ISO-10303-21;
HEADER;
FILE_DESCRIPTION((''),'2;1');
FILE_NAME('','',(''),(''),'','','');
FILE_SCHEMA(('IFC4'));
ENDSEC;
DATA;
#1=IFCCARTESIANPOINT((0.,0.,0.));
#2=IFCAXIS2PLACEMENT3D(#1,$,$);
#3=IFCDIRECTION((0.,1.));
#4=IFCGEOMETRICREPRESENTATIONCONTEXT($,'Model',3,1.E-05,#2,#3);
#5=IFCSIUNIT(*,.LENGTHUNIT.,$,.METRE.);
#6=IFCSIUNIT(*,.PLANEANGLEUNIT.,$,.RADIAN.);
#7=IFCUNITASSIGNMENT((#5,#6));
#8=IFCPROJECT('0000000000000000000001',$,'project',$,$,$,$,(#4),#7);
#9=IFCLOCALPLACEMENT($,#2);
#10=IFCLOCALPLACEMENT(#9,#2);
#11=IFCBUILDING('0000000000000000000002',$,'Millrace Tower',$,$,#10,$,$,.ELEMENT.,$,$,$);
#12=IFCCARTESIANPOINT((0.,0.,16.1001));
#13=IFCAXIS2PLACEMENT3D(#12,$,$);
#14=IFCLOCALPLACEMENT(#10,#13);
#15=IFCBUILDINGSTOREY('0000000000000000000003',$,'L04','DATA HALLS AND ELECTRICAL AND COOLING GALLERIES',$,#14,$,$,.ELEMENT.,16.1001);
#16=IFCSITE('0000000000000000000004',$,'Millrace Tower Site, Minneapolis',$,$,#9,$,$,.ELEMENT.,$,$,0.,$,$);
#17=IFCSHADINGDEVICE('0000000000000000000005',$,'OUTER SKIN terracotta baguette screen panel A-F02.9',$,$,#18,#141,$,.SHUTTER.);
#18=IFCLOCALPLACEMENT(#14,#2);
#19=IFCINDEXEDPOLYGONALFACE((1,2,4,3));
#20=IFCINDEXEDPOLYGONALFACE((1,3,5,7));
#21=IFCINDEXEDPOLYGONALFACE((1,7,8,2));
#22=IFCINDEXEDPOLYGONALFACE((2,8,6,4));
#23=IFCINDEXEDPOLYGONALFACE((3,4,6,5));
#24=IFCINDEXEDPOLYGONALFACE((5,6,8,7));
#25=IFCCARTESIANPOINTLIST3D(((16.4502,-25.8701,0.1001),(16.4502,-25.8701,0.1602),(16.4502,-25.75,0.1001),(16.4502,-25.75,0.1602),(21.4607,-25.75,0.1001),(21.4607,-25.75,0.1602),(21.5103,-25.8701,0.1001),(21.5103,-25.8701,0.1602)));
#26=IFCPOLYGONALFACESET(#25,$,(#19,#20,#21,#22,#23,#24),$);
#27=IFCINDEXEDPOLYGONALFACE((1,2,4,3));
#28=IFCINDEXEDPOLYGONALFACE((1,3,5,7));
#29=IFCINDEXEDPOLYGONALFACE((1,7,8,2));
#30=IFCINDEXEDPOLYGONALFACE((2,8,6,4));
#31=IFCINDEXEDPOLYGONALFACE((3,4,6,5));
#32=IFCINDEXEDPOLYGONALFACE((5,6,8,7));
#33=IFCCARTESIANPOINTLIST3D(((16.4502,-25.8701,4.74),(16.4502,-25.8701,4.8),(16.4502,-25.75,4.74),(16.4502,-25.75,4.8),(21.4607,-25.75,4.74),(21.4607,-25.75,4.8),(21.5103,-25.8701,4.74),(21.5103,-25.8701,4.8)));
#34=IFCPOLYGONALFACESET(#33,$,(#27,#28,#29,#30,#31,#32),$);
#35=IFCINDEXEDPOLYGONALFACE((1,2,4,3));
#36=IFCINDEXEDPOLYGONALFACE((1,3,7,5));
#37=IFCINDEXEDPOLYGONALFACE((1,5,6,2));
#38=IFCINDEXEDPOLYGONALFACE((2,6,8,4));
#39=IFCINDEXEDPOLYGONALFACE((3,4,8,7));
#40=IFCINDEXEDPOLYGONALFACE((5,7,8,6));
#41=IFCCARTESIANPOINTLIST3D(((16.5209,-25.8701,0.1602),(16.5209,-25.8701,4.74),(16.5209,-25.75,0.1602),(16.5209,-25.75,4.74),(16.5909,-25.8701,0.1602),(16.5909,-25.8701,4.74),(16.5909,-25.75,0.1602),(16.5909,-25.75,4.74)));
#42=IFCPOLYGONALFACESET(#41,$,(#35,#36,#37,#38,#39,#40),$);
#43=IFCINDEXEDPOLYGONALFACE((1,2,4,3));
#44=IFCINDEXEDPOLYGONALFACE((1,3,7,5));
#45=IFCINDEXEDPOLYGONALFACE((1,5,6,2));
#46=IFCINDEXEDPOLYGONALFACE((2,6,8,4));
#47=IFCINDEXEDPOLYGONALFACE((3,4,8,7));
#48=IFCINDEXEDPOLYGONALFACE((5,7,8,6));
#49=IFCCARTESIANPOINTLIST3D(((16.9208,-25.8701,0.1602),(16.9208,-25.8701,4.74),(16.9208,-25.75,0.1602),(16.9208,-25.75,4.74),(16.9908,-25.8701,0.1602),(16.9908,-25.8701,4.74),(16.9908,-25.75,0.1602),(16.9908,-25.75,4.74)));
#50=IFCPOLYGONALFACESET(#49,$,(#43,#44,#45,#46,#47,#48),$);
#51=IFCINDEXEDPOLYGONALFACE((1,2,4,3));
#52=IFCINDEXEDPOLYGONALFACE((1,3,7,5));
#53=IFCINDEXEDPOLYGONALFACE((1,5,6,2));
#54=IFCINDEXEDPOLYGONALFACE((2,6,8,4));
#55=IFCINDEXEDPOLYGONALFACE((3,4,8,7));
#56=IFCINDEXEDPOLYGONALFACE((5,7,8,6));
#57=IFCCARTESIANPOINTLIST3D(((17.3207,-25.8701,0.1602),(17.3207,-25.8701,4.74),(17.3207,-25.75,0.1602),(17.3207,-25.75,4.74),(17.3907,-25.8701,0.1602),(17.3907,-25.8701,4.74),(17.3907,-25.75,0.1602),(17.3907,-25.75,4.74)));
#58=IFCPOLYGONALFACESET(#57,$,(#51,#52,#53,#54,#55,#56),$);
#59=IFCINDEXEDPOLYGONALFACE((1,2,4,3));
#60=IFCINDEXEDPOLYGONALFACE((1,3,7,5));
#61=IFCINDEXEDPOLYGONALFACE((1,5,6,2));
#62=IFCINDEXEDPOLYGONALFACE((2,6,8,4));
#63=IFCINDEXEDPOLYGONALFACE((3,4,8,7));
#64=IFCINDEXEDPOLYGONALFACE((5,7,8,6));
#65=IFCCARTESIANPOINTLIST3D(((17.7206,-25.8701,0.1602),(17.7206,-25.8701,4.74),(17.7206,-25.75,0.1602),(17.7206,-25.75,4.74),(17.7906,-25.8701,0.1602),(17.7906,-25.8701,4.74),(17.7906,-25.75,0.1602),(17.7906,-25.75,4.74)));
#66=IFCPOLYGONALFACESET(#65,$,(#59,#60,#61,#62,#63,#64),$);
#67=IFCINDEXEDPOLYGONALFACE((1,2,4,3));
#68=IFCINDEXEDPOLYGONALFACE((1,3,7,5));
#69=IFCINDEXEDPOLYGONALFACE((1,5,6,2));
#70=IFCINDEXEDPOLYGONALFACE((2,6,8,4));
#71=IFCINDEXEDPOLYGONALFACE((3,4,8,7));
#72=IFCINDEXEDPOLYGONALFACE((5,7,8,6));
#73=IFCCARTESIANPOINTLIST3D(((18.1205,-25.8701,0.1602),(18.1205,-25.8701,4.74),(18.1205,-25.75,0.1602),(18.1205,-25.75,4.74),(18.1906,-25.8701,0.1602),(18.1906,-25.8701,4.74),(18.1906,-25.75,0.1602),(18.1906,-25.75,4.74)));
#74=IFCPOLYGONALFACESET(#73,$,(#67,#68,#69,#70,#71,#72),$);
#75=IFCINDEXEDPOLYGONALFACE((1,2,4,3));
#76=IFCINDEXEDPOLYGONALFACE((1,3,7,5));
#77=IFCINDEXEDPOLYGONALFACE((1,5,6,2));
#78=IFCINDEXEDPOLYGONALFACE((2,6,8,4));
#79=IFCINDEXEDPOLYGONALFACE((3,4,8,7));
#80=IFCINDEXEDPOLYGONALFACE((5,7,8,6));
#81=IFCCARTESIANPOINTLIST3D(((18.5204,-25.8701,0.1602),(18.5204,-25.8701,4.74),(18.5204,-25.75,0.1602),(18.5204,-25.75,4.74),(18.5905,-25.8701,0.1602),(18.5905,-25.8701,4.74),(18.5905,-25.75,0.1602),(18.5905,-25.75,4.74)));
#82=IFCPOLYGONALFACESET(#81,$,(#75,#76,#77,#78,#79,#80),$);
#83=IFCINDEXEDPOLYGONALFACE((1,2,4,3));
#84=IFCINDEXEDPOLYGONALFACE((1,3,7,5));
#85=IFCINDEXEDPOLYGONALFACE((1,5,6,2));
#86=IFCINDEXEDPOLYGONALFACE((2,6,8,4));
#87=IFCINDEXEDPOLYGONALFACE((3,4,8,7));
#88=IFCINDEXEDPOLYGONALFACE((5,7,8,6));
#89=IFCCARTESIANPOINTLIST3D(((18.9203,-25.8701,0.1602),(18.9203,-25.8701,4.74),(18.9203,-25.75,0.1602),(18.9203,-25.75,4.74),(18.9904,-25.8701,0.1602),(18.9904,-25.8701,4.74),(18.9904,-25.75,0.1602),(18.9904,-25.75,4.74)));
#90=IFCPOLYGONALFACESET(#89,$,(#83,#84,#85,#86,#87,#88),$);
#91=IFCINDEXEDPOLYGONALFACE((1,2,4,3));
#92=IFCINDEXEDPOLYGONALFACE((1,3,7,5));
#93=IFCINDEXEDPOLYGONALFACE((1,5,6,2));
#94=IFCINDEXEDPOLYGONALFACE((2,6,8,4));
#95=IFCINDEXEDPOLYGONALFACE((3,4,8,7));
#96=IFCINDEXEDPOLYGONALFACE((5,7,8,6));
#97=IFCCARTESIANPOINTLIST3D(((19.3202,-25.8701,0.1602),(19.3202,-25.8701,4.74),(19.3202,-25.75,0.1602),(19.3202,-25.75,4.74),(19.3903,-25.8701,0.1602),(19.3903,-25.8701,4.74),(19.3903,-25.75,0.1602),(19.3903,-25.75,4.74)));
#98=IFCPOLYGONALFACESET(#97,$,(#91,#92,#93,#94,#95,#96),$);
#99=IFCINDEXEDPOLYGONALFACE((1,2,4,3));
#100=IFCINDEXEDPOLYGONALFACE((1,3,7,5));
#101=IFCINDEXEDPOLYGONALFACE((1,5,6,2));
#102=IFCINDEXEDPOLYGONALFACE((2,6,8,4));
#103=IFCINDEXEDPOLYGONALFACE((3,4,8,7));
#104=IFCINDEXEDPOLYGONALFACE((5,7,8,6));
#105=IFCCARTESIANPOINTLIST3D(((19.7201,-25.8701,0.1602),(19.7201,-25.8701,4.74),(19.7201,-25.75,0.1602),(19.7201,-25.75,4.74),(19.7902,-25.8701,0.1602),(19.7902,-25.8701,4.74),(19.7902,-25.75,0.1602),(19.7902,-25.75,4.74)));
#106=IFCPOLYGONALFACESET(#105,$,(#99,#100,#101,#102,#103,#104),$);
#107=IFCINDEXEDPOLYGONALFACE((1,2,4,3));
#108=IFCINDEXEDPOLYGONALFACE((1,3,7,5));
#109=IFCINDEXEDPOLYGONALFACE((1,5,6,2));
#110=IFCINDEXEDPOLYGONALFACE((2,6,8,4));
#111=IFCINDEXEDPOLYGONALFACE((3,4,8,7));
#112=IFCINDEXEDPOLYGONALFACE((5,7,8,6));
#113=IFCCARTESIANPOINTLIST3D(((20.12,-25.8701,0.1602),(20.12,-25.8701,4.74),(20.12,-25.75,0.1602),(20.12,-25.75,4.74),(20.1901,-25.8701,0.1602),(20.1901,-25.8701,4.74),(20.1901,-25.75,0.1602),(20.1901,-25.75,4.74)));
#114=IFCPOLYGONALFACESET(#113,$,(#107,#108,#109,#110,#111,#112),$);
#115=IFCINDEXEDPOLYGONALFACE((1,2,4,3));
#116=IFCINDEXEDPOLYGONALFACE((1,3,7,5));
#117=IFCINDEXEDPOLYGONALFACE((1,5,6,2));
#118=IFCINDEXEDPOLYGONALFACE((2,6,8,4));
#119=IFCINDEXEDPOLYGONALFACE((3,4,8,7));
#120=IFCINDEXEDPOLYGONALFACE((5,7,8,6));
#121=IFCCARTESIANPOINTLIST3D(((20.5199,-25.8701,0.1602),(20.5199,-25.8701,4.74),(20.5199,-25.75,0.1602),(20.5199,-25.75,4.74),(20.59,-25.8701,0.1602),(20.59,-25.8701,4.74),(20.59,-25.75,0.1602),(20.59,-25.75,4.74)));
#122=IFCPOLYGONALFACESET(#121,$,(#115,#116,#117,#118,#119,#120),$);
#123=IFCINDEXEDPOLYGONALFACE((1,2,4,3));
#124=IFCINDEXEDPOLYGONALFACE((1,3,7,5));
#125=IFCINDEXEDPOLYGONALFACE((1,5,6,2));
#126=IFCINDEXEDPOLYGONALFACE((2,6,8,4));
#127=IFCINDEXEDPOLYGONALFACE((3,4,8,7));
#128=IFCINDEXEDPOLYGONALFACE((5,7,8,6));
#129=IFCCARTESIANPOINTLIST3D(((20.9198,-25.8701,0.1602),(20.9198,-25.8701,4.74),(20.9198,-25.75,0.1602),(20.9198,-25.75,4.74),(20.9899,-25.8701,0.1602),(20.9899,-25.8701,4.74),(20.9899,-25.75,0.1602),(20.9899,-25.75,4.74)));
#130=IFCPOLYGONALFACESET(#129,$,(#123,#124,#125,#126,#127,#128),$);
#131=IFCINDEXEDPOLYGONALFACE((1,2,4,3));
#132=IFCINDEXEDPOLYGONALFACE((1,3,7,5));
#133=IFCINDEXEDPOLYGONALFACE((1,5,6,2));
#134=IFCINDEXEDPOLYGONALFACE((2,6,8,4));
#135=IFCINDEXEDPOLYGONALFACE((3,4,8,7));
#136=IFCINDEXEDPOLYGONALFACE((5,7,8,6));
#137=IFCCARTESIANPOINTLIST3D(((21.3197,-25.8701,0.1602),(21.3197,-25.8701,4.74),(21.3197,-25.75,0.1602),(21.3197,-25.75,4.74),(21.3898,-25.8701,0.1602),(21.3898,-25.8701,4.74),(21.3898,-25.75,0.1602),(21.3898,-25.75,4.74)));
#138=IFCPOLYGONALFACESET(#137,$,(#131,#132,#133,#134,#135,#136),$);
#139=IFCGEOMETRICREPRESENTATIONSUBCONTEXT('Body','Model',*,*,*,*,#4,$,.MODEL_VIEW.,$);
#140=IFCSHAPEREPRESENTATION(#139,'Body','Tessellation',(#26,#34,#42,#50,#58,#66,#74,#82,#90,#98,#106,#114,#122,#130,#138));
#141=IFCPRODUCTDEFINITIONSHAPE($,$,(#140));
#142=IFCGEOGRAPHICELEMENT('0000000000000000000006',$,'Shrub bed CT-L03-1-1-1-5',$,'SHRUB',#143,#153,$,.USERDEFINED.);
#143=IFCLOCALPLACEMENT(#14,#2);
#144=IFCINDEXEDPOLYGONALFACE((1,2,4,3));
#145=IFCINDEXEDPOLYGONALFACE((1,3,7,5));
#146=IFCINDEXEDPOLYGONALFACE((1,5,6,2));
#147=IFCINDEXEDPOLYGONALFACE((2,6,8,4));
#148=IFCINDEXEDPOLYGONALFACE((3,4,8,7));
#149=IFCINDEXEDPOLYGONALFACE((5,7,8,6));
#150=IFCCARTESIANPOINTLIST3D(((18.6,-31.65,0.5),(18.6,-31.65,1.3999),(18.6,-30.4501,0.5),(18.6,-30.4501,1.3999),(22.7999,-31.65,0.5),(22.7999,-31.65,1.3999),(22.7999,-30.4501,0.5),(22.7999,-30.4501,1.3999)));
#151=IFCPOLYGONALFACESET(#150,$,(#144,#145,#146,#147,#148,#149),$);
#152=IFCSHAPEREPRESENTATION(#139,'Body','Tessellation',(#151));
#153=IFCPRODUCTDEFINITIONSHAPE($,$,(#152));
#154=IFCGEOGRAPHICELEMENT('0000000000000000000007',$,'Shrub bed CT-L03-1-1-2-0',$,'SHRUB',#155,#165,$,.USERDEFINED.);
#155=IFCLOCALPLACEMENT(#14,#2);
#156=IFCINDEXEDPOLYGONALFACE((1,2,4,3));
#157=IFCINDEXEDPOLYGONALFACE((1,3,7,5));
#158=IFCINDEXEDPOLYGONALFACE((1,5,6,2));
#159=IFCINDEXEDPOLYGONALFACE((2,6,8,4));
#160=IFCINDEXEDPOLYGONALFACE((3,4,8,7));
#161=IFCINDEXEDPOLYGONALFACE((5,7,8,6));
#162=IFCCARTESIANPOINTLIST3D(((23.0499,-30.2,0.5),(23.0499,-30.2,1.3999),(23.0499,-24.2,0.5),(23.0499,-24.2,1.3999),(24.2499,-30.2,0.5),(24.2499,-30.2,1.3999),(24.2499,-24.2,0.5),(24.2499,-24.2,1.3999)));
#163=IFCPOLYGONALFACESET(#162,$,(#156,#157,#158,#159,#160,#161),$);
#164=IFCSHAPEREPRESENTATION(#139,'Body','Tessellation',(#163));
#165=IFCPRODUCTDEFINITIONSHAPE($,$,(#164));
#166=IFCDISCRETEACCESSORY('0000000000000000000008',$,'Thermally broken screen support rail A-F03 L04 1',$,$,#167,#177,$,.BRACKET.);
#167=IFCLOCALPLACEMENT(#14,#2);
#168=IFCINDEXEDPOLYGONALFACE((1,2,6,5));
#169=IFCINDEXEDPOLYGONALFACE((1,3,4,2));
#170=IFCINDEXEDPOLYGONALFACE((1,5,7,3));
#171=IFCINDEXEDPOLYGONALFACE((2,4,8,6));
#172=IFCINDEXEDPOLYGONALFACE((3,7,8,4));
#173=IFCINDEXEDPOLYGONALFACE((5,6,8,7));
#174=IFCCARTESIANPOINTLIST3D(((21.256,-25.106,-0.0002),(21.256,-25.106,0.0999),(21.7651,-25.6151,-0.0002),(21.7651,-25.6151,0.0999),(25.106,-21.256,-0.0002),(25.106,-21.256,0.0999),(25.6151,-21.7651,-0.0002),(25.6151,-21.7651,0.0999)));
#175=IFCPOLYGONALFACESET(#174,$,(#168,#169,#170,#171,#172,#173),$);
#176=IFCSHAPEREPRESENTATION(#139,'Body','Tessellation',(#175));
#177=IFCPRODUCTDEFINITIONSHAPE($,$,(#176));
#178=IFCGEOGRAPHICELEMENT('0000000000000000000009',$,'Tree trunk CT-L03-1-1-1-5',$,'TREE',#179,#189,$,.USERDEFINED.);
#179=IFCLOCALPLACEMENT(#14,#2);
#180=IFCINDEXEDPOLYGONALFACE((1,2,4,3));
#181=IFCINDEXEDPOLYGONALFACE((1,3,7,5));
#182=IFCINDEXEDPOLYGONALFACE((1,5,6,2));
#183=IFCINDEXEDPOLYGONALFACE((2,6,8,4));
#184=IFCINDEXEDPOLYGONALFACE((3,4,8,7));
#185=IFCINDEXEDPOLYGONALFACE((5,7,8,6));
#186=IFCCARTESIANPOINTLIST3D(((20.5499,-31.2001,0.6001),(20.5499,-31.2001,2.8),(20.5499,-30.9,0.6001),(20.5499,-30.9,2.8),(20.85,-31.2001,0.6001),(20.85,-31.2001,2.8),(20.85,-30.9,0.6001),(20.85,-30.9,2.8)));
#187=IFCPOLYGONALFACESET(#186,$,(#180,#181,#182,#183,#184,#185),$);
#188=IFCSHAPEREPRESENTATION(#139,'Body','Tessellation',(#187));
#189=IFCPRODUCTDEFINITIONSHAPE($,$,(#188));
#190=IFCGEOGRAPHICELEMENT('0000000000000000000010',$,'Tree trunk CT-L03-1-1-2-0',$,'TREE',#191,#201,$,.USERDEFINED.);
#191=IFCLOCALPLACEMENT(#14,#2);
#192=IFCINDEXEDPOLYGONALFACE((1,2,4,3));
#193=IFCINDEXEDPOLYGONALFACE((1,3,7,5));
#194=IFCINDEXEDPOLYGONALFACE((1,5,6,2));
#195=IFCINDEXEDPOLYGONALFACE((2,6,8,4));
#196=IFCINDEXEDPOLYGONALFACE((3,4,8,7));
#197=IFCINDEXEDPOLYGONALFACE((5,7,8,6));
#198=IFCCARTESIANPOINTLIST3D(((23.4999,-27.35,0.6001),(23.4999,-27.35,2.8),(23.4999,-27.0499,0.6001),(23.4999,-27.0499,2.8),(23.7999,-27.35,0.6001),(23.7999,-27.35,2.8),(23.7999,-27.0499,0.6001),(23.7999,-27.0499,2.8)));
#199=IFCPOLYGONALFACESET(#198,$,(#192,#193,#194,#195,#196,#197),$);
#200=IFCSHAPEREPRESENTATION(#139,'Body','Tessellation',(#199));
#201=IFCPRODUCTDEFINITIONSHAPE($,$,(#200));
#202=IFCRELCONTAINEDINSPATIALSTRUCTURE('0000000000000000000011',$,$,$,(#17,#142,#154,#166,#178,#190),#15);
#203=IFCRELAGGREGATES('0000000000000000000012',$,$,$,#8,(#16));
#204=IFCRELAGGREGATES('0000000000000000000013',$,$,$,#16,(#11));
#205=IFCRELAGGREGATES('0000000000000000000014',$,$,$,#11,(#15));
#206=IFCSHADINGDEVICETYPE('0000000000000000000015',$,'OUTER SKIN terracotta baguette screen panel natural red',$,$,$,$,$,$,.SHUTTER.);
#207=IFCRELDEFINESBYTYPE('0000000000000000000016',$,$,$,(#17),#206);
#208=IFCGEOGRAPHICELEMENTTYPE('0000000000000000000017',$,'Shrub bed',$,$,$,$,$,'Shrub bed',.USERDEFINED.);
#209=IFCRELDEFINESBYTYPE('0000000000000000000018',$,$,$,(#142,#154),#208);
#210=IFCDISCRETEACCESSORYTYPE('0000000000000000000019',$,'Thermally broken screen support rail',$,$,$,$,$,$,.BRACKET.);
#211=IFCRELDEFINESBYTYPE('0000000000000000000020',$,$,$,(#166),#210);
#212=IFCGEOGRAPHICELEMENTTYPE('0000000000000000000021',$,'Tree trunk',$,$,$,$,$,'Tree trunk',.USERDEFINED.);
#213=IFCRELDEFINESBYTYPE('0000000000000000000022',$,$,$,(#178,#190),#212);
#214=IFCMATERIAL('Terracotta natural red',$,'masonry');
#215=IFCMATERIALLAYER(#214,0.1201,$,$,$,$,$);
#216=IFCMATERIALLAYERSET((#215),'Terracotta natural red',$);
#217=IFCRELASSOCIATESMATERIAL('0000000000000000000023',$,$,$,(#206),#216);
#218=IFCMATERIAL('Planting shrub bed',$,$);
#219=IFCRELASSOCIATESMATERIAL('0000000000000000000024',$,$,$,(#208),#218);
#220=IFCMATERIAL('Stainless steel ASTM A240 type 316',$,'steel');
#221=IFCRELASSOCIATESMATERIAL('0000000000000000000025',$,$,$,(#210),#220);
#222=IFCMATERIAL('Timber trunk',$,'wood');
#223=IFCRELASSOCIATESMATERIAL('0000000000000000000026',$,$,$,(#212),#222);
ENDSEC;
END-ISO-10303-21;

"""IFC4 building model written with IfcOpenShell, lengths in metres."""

from ifc_helpers import new_model, entity, si_unit, direction, frame, frame_2d, origin, origin_2d, place, context, subcontext, project, spatial, rectangle, extrude, source, transform, mapped, material, layer, layer_set, type_object, element, save


model = new_model("IFC4")

# Units and contexts
model_context = context("Model", 3, precision=1e-05, world=origin(), true_north=direction((0.0, 1.0)))
body_context = subcontext(model_context, "Body", "Model", "MODEL_VIEW")
ifc_project = project(units=[si_unit("LENGTHUNIT", "METRE"), si_unit("PLANEANGLEUNIT", "RADIAN")], contexts=[model_context])

# Site, building, storey
site_placement = place(None, origin())
site = spatial("IfcSite", under=ifc_project, at=site_placement, Name="Millrace Tower Site, Minneapolis", CompositionType="ELEMENT", RefElevation=0.0)
building_placement = place(site_placement, origin())
building = spatial("IfcBuilding", under=site, at=building_placement, Name="Millrace Tower", CompositionType="ELEMENT")
storey_placement = place(building_placement, frame((0.0, 0.0, 16.1001)))
storey = spatial("IfcBuildingStorey", under=building, at=storey_placement, Name="L04", Description="DATA HALLS AND ELECTRICAL AND COOLING GALLERIES", CompositionType="ELEMENT", Elevation=16.1001)

# Shading device
ifc_material_1 = material(Name="Terracotta natural red", Category="masonry")
ifc_layer_1 = layer(ifc_material_1, 0.1201)
ifc_layer_set_1 = layer_set([ifc_layer_1], Name="Terracotta natural red")
shading_device_type_1 = type_object("IfcShadingDeviceType", Name="OUTER SKIN terracotta baguette screen panel natural red", PredefinedType="SHUTTER", material=ifc_layer_set_1)
cartesian_point_1 = entity("IfcCartesianPoint", [-2.5176, 0.0601])
shared_polyline_1 = entity("IfcPolyline", [cartesian_point_1, entity("IfcCartesianPoint", [2.4929, 0.0601]), entity("IfcCartesianPoint", [2.5425, -0.0601]), entity("IfcCartesianPoint", [-2.5176, -0.0601]), cartesian_point_1])
shared_shape_1 = source(origin(), body_context, "Body", "SweptSolid", [
    entity("IfcExtrudedAreaSolid", entity("IfcArbitraryClosedProfileDef", "AREA", None, shared_polyline_1), entity("IfcAxis2Placement3D", entity("IfcCartesianPoint", [0.0, 0.0, 0.0])), entity("IfcDirection", [0.0, 0.0, 1.0]), 0.0601),
    entity("IfcExtrudedAreaSolid", entity("IfcArbitraryClosedProfileDef", "AREA", None, shared_polyline_1), entity("IfcAxis2Placement3D", entity("IfcCartesianPoint", [0.0, 0.0, 4.6399])), entity("IfcDirection", [0.0, 0.0, 1.0]), 0.0601),
    extrude(rectangle(XDim=0.0701, YDim=0.1201, at=frame_2d((-2.4119, 0.0))), frame((0.0, 0.0, 0.0601)), (0.0, 0.0, 1.0), 4.5798),
    extrude(rectangle(XDim=0.0701, YDim=0.1201, at=frame_2d((-2.012, 0.0))), frame((0.0, 0.0, 0.0601)), (0.0, 0.0, 1.0), 4.5798),
    extrude(rectangle(XDim=0.0701, YDim=0.1201, at=frame_2d((-1.6121, 0.0))), frame((0.0, 0.0, 0.0601)), (0.0, 0.0, 1.0), 4.5798),
    extrude(rectangle(XDim=0.0701, YDim=0.1201, at=frame_2d((-1.2122, 0.0))), frame((0.0, 0.0, 0.0601)), (0.0, 0.0, 1.0), 4.5798),
    extrude(rectangle(XDim=0.0701, YDim=0.1201, at=frame_2d((-0.8123, 0.0))), frame((0.0, 0.0, 0.0601)), (0.0, 0.0, 1.0), 4.5798),
    extrude(rectangle(XDim=0.0701, YDim=0.1201, at=frame_2d((-0.4124, 0.0))), frame((0.0, 0.0, 0.0601)), (0.0, 0.0, 1.0), 4.5798),
    extrude(rectangle(XDim=0.0701, YDim=0.1201, at=frame_2d((-0.0125, 0.0))), frame((0.0, 0.0, 0.0601)), (0.0, 0.0, 1.0), 4.5798),
    extrude(rectangle(XDim=0.0701, YDim=0.1201, at=frame_2d((0.3875, 0.0))), frame((0.0, 0.0, 0.0601)), (0.0, 0.0, 1.0), 4.5798),
    extrude(rectangle(XDim=0.0701, YDim=0.1201, at=frame_2d((0.7874, 0.0))), frame((0.0, 0.0, 0.0601)), (0.0, 0.0, 1.0), 4.5798),
    extrude(rectangle(XDim=0.0701, YDim=0.1201, at=frame_2d((1.1873, 0.0))), frame((0.0, 0.0, 0.0601)), (0.0, 0.0, 1.0), 4.5798),
    extrude(rectangle(XDim=0.0701, YDim=0.1201, at=frame_2d((1.5872, 0.0))), frame((0.0, 0.0, 0.0601)), (0.0, 0.0, 1.0), 4.5798),
    extrude(rectangle(XDim=0.0701, YDim=0.1201, at=frame_2d((1.9871, 0.0))), frame((0.0, 0.0, 0.0601)), (0.0, 0.0, 1.0), 4.5798),
    extrude(rectangle(XDim=0.0701, YDim=0.1201, at=frame_2d((2.387, 0.0))), frame((0.0, 0.0, 0.0601)), (0.0, 0.0, 1.0), 4.5798),
])
shading_device_1_placement = place(storey_placement, frame((18.9678, -25.8101, 0.1001), z_axis=(0.0, 0.0, 1.0), x_axis=(1.0, 0.0, 0.0)))
element("IfcShadingDevice", 1, at=shading_device_1_placement, inside=storey, type_object=shading_device_type_1, Name="OUTER SKIN terracotta baguette screen panel A-F02.9", PredefinedType="SHUTTER", context=body_context, shape_type="MappedRepresentation", body=[
    mapped(shared_shape_1, transform((0.0, 0.0, 0.0), scale=1.0)),
])

# Geographic elements
ifc_material_2 = material(Name="Planting shrub bed")
geographic_element_type_1 = type_object("IfcGeographicElementType", Name="Shrub bed", ElementType="Shrub bed", PredefinedType="USERDEFINED", material=ifc_material_2)
geographic_element_1_placement = place(storey_placement, frame((20.7, -31.05, 0.5), z_axis=(0.0, 0.0, 1.0), x_axis=(1.0, 0.0, 0.0)))
element("IfcGeographicElement", 2, at=geographic_element_1_placement, inside=storey, type_object=geographic_element_type_1, Name="Shrub bed CT-L03-1-1-1-5", ObjectType="SHRUB", PredefinedType="USERDEFINED", context=body_context, shape_type="SweptSolid", body=[
    extrude(rectangle(XDim=4.2, YDim=1.2, at=origin_2d()), origin(), (0.0, 0.0, 1.0), 0.8999),
])
geographic_element_2_placement = place(storey_placement, frame((23.6499, -27.2, 0.5), z_axis=(0.0, 0.0, 1.0), x_axis=(0.0, 1.0, 0.0)))
element("IfcGeographicElement", 3, at=geographic_element_2_placement, inside=storey, type_object=geographic_element_type_1, Name="Shrub bed CT-L03-1-1-2-0", ObjectType="SHRUB", PredefinedType="USERDEFINED", context=body_context, shape_type="SweptSolid", body=[
    extrude(rectangle(XDim=6.0, YDim=1.2, at=origin_2d()), origin(), (0.0, 0.0, 1.0), 0.8999),
])

# Discrete accessory
ifc_material_3 = material(Name="Stainless steel ASTM A240 type 316", Category="steel")
discrete_accessory_type = type_object("IfcDiscreteAccessoryType", Name="Thermally broken screen support rail", PredefinedType="BRACKET", material=ifc_material_3)
discrete_accessory_placement = place(storey_placement, frame((23.4355, -23.4355, -0.0002), z_axis=(0.0, 0.0, 1.0), x_axis=(0.707107, 0.707107, 0.0)))
element("IfcDiscreteAccessory", 4, at=discrete_accessory_placement, inside=storey, type_object=discrete_accessory_type, Name="Thermally broken screen support rail A-F03 L04 1", PredefinedType="BRACKET", context=body_context, shape_type="SweptSolid", body=[
    extrude(rectangle(XDim=5.4448, YDim=0.72, at=origin_2d()), origin(), (0.0, 0.0, 1.0), 0.1001),
])

# Geographic elements
ifc_material_4 = material(Name="Timber trunk", Category="wood")
geographic_element_type_2 = type_object("IfcGeographicElementType", Name="Tree trunk", ElementType="Tree trunk", PredefinedType="USERDEFINED", material=ifc_material_4)
for number, where, z_axis, x_axis, name in (
    (5, (20.7, -31.05, 0.6001), (0.0, 0.0, 1.0), (1.0, 0.0, 0.0), "Tree trunk CT-L03-1-1-1-5"),
    (6, (23.6499, -27.2, 0.6001), (0.0, 0.0, 1.0), (1.0, 0.0, 0.0), "Tree trunk CT-L03-1-1-2-0"),
):
    element("IfcGeographicElement", number, at=place(storey_placement, frame(where, z_axis=z_axis, x_axis=x_axis)), inside=storey, type_object=geographic_element_type_2, Name=name, ObjectType="TREE", PredefinedType="USERDEFINED", context=body_context, shape_type="SweptSolid", body=[
        extrude(rectangle(XDim=0.3, YDim=0.3, at=origin_2d()), origin(), (0.0, 0.0, 1.0), 2.2),
    ])

save(model, "model.ifc")
